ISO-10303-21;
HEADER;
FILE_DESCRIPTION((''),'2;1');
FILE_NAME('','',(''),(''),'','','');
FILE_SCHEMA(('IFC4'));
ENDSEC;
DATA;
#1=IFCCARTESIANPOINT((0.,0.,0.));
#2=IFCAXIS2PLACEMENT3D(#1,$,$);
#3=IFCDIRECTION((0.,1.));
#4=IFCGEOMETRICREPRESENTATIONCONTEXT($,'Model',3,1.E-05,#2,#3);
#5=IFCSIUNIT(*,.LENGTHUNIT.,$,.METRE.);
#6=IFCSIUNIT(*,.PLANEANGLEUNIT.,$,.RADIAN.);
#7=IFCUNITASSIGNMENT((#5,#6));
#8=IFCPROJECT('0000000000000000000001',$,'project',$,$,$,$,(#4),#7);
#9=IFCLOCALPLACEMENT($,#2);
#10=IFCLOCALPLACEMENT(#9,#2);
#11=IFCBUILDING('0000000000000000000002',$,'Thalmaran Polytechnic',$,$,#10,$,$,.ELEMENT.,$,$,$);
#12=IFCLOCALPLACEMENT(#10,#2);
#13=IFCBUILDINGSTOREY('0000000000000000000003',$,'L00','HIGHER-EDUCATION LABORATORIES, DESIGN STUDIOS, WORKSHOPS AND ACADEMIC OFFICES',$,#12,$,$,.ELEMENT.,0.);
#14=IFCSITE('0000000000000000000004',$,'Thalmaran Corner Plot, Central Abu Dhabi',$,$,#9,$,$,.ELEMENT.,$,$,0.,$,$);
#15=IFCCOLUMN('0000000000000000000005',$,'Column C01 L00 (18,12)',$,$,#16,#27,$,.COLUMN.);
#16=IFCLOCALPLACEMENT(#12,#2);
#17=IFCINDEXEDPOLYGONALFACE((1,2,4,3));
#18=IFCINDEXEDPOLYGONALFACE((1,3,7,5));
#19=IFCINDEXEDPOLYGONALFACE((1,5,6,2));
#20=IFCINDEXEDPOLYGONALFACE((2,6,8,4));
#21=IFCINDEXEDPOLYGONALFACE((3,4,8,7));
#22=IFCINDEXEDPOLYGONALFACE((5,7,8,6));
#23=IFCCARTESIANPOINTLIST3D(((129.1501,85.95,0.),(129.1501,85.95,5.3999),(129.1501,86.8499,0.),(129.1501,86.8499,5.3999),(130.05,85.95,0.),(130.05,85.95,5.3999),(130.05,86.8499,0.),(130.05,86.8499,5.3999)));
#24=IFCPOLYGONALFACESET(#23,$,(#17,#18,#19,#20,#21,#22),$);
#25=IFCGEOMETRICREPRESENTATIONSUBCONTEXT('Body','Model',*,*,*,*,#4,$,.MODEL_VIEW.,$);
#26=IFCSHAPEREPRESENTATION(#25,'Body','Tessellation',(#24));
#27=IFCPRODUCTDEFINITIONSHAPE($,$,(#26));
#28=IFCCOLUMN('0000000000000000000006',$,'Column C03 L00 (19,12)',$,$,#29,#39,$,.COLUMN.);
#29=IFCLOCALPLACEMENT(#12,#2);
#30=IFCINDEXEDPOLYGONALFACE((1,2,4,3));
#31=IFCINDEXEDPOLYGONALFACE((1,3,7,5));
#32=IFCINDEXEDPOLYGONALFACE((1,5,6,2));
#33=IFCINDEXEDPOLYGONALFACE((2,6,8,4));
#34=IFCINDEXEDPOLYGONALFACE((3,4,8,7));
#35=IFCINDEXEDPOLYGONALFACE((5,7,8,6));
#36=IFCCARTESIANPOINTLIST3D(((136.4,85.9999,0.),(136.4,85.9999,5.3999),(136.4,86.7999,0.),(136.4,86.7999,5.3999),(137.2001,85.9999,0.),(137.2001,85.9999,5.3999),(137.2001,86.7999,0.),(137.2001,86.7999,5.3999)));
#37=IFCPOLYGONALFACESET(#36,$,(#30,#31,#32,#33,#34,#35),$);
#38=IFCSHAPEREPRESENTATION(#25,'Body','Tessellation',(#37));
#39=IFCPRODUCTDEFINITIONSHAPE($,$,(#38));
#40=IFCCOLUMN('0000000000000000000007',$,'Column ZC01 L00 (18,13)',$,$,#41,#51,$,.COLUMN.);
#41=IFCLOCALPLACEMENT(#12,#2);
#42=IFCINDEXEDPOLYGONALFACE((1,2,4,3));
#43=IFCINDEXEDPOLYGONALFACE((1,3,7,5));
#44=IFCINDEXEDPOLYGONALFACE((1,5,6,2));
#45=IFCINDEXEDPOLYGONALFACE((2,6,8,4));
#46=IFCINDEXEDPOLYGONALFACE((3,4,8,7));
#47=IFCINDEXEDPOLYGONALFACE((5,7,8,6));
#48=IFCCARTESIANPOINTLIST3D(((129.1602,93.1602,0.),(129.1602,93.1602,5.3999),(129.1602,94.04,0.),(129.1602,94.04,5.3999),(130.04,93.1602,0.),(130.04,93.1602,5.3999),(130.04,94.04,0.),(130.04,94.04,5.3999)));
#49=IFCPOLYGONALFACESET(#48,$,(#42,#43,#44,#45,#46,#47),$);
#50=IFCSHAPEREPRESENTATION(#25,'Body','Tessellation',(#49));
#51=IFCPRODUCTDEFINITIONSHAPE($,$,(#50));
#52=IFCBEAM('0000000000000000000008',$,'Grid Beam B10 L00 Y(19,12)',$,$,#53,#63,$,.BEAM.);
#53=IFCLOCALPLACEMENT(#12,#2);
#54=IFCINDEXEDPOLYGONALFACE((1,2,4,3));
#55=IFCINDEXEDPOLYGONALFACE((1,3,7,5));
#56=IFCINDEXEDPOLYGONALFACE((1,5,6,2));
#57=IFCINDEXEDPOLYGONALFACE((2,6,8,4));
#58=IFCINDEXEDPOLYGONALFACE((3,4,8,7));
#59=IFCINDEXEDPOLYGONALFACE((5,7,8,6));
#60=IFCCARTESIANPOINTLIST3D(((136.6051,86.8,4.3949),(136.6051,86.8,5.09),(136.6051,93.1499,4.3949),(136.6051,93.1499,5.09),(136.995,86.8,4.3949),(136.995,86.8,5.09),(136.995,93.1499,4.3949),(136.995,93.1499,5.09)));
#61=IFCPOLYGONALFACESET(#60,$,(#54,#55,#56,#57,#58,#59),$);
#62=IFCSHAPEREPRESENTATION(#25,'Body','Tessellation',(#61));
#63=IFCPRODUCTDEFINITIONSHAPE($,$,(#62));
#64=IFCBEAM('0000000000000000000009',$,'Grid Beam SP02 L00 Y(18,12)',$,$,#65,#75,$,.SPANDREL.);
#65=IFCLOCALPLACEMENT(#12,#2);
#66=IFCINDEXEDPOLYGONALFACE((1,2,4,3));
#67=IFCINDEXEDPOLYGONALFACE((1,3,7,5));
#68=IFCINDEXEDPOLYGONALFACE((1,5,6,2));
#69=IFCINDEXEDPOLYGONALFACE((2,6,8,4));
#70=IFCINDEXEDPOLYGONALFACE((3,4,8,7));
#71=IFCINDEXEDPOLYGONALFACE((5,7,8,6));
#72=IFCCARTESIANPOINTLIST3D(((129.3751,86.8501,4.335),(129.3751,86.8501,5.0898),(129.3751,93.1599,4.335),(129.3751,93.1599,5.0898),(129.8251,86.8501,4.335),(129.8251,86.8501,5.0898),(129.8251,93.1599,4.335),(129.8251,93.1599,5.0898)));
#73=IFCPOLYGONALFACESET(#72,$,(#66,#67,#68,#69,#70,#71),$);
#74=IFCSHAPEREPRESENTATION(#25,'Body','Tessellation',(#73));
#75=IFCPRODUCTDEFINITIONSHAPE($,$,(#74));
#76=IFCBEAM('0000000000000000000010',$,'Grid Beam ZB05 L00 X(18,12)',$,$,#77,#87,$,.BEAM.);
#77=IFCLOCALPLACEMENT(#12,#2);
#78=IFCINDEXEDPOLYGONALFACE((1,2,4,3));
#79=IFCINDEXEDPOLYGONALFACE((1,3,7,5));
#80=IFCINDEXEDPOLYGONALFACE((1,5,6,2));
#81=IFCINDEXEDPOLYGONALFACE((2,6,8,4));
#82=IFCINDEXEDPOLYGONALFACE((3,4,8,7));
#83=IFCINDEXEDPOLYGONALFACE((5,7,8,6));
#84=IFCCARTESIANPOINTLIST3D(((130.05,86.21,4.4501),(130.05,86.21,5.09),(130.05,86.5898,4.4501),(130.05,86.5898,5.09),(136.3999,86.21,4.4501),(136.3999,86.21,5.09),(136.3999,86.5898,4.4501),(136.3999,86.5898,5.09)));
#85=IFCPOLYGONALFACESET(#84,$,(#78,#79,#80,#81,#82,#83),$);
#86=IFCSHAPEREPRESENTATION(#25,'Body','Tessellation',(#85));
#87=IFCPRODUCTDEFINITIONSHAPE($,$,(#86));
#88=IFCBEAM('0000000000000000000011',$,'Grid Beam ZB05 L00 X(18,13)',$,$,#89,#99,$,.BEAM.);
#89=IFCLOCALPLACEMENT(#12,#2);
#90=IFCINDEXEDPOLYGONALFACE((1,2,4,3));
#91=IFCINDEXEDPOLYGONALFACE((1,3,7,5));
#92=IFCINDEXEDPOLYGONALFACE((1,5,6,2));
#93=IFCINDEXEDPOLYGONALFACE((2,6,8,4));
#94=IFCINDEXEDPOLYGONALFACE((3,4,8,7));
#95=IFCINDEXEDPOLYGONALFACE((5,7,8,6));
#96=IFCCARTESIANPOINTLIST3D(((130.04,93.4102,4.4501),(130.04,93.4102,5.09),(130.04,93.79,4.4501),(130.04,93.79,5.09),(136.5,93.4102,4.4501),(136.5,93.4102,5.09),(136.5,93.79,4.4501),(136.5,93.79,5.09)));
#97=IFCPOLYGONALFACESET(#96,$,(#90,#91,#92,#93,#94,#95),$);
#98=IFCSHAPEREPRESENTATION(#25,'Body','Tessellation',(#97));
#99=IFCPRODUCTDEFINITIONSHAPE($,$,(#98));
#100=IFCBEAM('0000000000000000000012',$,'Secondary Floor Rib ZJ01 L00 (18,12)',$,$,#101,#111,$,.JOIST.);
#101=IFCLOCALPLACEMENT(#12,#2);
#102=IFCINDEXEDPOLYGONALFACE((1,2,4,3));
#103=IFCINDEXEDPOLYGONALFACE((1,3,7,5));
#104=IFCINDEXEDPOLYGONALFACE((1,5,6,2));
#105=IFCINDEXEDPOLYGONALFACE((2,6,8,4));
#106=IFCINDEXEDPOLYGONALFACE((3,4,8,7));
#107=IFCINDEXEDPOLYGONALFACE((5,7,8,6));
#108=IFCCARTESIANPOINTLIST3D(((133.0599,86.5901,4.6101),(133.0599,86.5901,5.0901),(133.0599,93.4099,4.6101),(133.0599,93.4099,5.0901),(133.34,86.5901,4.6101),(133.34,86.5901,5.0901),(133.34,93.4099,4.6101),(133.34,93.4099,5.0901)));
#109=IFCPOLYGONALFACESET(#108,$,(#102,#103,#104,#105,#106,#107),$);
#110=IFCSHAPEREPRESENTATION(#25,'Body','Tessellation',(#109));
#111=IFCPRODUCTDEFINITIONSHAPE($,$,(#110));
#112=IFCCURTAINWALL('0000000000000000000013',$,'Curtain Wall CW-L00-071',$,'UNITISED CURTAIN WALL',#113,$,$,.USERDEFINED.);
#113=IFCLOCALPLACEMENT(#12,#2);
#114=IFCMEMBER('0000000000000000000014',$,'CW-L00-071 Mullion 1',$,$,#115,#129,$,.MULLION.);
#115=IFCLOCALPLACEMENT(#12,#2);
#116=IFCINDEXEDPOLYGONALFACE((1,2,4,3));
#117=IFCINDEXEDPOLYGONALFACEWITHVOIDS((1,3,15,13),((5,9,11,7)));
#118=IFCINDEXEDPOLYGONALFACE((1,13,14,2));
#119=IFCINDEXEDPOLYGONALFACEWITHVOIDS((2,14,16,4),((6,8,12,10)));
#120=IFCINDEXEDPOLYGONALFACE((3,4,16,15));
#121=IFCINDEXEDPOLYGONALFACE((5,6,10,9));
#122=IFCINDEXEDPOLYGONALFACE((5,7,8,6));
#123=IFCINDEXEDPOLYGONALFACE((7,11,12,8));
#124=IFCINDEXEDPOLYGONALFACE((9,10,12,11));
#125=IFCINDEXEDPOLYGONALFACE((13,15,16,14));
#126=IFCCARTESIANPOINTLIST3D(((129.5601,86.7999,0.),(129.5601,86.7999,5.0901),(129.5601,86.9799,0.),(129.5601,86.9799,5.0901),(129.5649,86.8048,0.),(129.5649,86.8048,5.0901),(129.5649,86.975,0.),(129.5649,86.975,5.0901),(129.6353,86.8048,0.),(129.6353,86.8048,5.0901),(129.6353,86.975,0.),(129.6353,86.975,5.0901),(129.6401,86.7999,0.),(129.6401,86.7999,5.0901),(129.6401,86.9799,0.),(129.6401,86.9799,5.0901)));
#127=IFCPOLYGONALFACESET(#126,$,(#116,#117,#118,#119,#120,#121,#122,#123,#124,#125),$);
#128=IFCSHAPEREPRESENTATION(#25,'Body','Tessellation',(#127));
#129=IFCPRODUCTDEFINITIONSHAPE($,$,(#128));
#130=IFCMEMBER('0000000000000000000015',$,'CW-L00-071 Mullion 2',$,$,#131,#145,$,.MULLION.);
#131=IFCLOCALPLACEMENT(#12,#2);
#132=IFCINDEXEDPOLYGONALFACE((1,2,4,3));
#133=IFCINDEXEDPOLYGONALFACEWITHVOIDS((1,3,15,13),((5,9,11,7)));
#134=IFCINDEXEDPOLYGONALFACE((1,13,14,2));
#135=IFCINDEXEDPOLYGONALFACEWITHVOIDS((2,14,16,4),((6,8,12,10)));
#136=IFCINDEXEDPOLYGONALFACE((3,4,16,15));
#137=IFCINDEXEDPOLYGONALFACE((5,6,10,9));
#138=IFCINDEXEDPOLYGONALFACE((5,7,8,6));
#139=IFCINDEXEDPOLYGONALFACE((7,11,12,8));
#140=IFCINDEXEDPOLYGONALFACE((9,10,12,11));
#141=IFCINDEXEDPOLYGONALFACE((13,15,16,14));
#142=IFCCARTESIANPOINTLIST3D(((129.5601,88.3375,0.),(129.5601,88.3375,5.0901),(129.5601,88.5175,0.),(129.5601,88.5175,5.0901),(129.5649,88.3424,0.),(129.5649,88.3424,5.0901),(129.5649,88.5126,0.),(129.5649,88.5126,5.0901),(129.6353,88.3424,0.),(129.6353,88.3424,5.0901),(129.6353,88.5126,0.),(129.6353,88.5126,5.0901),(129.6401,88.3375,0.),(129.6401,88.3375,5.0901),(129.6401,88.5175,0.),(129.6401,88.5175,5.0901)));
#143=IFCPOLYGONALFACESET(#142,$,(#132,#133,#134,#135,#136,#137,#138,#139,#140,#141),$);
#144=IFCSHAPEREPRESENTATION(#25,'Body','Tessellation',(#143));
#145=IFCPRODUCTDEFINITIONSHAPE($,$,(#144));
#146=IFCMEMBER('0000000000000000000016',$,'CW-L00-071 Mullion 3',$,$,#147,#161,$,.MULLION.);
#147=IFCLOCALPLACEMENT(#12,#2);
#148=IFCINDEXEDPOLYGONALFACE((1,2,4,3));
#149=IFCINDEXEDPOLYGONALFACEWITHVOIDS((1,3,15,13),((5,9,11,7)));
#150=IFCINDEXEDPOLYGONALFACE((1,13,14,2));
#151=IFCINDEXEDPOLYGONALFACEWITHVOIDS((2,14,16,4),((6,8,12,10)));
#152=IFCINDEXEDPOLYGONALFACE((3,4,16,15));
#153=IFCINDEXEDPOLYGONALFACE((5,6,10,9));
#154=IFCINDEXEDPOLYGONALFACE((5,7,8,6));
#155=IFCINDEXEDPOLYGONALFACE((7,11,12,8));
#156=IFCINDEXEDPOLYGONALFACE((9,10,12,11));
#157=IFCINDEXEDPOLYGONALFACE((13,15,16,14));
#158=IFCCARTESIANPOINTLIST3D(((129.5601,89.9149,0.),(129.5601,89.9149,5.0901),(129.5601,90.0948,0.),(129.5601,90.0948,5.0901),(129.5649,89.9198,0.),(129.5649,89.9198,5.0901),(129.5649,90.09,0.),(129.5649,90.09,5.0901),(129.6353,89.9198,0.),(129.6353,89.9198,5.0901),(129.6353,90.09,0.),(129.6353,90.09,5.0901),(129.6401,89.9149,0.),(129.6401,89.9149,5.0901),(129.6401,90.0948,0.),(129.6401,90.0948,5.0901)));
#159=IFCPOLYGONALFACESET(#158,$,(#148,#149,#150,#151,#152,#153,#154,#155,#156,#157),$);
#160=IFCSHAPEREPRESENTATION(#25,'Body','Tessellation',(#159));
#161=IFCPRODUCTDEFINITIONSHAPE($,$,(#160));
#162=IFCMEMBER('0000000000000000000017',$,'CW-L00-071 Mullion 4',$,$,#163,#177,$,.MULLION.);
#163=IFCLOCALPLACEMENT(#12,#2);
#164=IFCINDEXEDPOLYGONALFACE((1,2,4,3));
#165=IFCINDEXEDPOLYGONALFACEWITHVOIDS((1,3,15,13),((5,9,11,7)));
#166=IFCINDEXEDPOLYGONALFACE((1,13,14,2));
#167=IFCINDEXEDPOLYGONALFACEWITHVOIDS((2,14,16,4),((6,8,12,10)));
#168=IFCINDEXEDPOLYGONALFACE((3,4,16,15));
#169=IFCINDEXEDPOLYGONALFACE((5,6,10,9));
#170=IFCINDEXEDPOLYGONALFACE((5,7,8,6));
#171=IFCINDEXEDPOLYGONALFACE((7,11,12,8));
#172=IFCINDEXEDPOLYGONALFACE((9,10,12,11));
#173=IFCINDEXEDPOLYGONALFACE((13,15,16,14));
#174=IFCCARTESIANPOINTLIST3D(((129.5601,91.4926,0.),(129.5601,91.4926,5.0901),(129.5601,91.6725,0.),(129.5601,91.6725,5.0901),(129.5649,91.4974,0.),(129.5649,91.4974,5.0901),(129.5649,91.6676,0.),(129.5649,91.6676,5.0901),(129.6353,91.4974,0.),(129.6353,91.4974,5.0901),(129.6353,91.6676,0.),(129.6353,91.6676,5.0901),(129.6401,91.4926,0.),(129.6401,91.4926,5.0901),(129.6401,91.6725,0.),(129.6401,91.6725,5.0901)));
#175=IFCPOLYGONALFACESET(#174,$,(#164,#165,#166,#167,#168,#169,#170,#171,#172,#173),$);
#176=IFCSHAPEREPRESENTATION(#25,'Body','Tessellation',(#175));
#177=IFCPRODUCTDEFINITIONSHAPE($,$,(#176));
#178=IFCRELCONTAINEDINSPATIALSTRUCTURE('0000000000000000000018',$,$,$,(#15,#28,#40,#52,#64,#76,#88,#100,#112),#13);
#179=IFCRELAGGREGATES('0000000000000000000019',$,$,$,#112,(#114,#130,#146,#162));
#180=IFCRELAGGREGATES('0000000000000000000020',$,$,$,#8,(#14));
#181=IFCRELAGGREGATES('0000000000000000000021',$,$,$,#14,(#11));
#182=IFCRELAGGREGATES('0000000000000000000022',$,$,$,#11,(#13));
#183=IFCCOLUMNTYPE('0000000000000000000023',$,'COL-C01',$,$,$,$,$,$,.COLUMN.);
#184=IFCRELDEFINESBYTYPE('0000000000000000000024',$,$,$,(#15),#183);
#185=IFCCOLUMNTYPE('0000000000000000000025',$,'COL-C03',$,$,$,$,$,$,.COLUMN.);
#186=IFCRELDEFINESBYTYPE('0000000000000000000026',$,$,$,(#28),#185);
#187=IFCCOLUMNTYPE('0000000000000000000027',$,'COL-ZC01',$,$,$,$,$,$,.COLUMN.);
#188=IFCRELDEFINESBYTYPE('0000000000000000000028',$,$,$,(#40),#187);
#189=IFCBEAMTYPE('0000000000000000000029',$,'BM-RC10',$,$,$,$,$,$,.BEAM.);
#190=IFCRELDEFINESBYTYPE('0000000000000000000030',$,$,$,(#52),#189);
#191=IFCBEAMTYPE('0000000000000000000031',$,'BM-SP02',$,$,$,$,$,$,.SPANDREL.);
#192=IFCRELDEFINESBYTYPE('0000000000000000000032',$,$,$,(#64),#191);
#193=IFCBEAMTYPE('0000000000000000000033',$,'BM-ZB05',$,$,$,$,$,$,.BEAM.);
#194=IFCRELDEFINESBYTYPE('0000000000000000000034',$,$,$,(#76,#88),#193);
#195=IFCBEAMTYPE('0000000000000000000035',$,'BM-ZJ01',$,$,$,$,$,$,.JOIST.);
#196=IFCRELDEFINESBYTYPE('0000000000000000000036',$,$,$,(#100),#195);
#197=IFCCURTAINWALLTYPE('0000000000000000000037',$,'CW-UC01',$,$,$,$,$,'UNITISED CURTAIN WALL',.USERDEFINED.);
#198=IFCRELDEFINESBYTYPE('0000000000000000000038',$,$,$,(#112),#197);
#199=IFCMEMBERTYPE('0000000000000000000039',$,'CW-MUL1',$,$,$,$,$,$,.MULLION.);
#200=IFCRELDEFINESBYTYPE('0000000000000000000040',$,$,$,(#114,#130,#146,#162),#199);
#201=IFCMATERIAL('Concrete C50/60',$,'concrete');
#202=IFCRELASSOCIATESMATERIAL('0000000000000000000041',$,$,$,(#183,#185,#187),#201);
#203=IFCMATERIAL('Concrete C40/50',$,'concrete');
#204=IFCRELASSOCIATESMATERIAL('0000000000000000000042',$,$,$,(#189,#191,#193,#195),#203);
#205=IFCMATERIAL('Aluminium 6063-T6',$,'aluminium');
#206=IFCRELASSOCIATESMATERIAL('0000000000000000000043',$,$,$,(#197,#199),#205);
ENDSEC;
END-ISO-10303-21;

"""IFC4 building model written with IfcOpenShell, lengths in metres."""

from ifc_helpers import new_model, si_unit, direction, frame, origin, origin_2d, place, context, subcontext, project, spatial, rectangle, hollow_rectangle, extrude, material, material_profile, profile_set, type_object, element, aggregate, save


model = new_model("IFC4")

# Units and contexts
model_context = context("Model", 3, precision=1e-05, world=origin(), true_north=direction((0.0, 1.0)))
body_context = subcontext(model_context, "Body", "Model", "MODEL_VIEW")
ifc_project = project(units=[si_unit("LENGTHUNIT", "METRE"), si_unit("PLANEANGLEUNIT", "RADIAN")], contexts=[model_context])

# Site, building, storey
site_placement = place(None, origin())
site = spatial("IfcSite", under=ifc_project, at=site_placement, Name="Thalmaran Corner Plot, Central Abu Dhabi", CompositionType="ELEMENT", RefElevation=0.0)
building_placement = place(site_placement, origin())
building = spatial("IfcBuilding", under=site, at=building_placement, Name="Thalmaran Polytechnic", CompositionType="ELEMENT")
storey_placement = place(building_placement, origin())
storey = spatial("IfcBuildingStorey", under=building, at=storey_placement, Name="L00", Description="HIGHER-EDUCATION LABORATORIES, DESIGN STUDIOS, WORKSHOPS AND ACADEMIC OFFICES", CompositionType="ELEMENT", Elevation=0.0)

# Columns
ifc_material_1 = material(Name="Concrete C50/60", Category="concrete")
ifc_material_profile_1 = material_profile(ifc_material_1, rectangle(XDim=0.8999, YDim=0.8999, at=origin_2d()), Name="RC 900x900")
ifc_profile_set_1 = profile_set([ifc_material_profile_1], Name="Concrete C50/60")
column_type_1 = type_object("IfcColumnType", Name="COL-C01", PredefinedType="COLUMN", material=ifc_profile_set_1)
column_1_placement = place(storey_placement, frame((129.6001, 86.3999, 0.0), z_axis=(0.0, 0.0, 1.0), x_axis=(1.0, 0.0, 0.0)))
element("IfcColumn", 1, at=column_1_placement, inside=storey, type_object=column_type_1, Name="Column C01 L00 (18,12)", PredefinedType="COLUMN", context=body_context, shape_type="SweptSolid", body=[
    extrude(rectangle(XDim=0.8999, YDim=0.8999, at=origin_2d()), origin(), (0.0, 0.0, 1.0), 5.3999),
])
ifc_material_profile_2 = material_profile(ifc_material_1, rectangle(XDim=0.8, YDim=0.8, at=origin_2d()), Name="RC 800x800")
ifc_profile_set_2 = profile_set([ifc_material_profile_2], Name="Concrete C50/60")
column_type_2 = type_object("IfcColumnType", Name="COL-C03", PredefinedType="COLUMN", material=ifc_profile_set_2)
column_2_placement = place(storey_placement, frame((136.8, 86.3999, 0.0), z_axis=(0.0, 0.0, 1.0), x_axis=(1.0, 0.0, 0.0)))
element("IfcColumn", 2, at=column_2_placement, inside=storey, type_object=column_type_2, Name="Column C03 L00 (19,12)", PredefinedType="COLUMN", context=body_context, shape_type="SweptSolid", body=[
    extrude(rectangle(XDim=0.8, YDim=0.8, at=origin_2d()), origin(), (0.0, 0.0, 1.0), 5.3999),
])
ifc_material_profile_3 = material_profile(ifc_material_1, rectangle(XDim=0.8799, YDim=0.8799, at=origin_2d()), Name="RC 880x880")
ifc_profile_set_3 = profile_set([ifc_material_profile_3], Name="Concrete C50/60")
column_type_3 = type_object("IfcColumnType", Name="COL-ZC01", PredefinedType="COLUMN", material=ifc_profile_set_3)
column_3_placement = place(storey_placement, frame((129.6001, 93.6001, 0.0), z_axis=(0.0, 0.0, 1.0), x_axis=(1.0, 0.0, 0.0)))
element("IfcColumn", 3, at=column_3_placement, inside=storey, type_object=column_type_3, Name="Column ZC01 L00 (18,13)", PredefinedType="COLUMN", context=body_context, shape_type="SweptSolid", body=[
    extrude(rectangle(XDim=0.8799, YDim=0.8799, at=origin_2d()), origin(), (0.0, 0.0, 1.0), 5.3999),
])

# Beams
ifc_material_2 = material(Name="Concrete C40/50", Category="concrete")
ifc_material_profile_4 = material_profile(ifc_material_2, rectangle(XDim=0.3899, YDim=0.6951, at=origin_2d()), Name="RC 390x695")
ifc_profile_set_4 = profile_set([ifc_material_profile_4], Name="Concrete C40/50")
beam_type_1 = type_object("IfcBeamType", Name="BM-RC10", PredefinedType="BEAM", material=ifc_profile_set_4)
beam_1_placement = place(storey_placement, frame((136.8, 86.8, 4.7424), z_axis=(0.0, 1.0, 0.0), x_axis=(-1.0, 0.0, 0.0)))
element("IfcBeam", 4, at=beam_1_placement, inside=storey, type_object=beam_type_1, Name="Grid Beam B10 L00 Y(19,12)", PredefinedType="BEAM", context=body_context, shape_type="SweptSolid", body=[
    extrude(rectangle(XDim=0.3899, YDim=0.6951, at=origin_2d()), origin(), (0.0, 0.0, 1.0), 6.3499),
])
ifc_material_profile_5 = material_profile(ifc_material_2, rectangle(XDim=0.45, YDim=0.7549, at=origin_2d()), Name="RC 450x755")
ifc_profile_set_5 = profile_set([ifc_material_profile_5], Name="Concrete C40/50")
beam_type_2 = type_object("IfcBeamType", Name="BM-SP02", PredefinedType="SPANDREL", material=ifc_profile_set_5)
beam_2_placement = place(storey_placement, frame((129.6001, 86.8501, 4.7124), z_axis=(0.0, 1.0, 0.0), x_axis=(-1.0, 0.0, 0.0)))
element("IfcBeam", 5, at=beam_2_placement, inside=storey, type_object=beam_type_2, Name="Grid Beam SP02 L00 Y(18,12)", PredefinedType="SPANDREL", context=body_context, shape_type="SweptSolid", body=[
    extrude(rectangle(XDim=0.45, YDim=0.7549, at=origin_2d()), origin(), (0.0, 0.0, 1.0), 6.3098),
])
ifc_material_profile_6 = material_profile(ifc_material_2, rectangle(XDim=0.3799, YDim=0.6399, at=origin_2d()), Name="RC 380x640")
ifc_profile_set_6 = profile_set([ifc_material_profile_6], Name="Concrete C40/50")
beam_type_3 = type_object("IfcBeamType", Name="BM-ZB05", PredefinedType="BEAM", material=ifc_profile_set_6)
beam_3_placement = place(storey_placement, frame((130.05, 86.3999, 4.77), z_axis=(1.0, 0.0, 0.0), x_axis=(0.0, 1.0, 0.0)))
element("IfcBeam", 6, at=beam_3_placement, inside=storey, type_object=beam_type_3, Name="Grid Beam ZB05 L00 X(18,12)", PredefinedType="BEAM", context=body_context, shape_type="SweptSolid", body=[
    extrude(rectangle(XDim=0.3799, YDim=0.6399, at=origin_2d()), origin(), (0.0, 0.0, 1.0), 6.3499),
])
beam_4_placement = place(storey_placement, frame((130.04, 93.6001, 4.77), z_axis=(1.0, 0.0, 0.0), x_axis=(0.0, 1.0, 0.0)))
element("IfcBeam", 7, at=beam_4_placement, inside=storey, type_object=beam_type_3, Name="Grid Beam ZB05 L00 X(18,13)", PredefinedType="BEAM", context=body_context, shape_type="SweptSolid", body=[
    extrude(rectangle(XDim=0.3799, YDim=0.6399, at=origin_2d()), origin(), (0.0, 0.0, 1.0), 6.46),
])
ifc_material_profile_7 = material_profile(ifc_material_2, rectangle(XDim=0.28, YDim=0.48, at=origin_2d()), Name="RC 280x480")
ifc_profile_set_7 = profile_set([ifc_material_profile_7], Name="Concrete C40/50")
beam_type_4 = type_object("IfcBeamType", Name="BM-ZJ01", PredefinedType="JOIST", material=ifc_profile_set_7)
beam_5_placement = place(storey_placement, frame((133.2, 86.5901, 4.8501), z_axis=(0.0, 1.0, 0.0), x_axis=(-1.0, 0.0, 0.0)))
element("IfcBeam", 8, at=beam_5_placement, inside=storey, type_object=beam_type_4, Name="Secondary Floor Rib ZJ01 L00 (18,12)", PredefinedType="JOIST", context=body_context, shape_type="SweptSolid", body=[
    extrude(rectangle(XDim=0.28, YDim=0.48, at=origin_2d()), origin(), (0.0, 0.0, 1.0), 6.8198),
])

# Curtain wall, members
ifc_material_3 = material(Name="Aluminium 6063-T6", Category="aluminium")
curtain_wall_type = type_object("IfcCurtainWallType", Name="CW-UC01", ElementType="UNITISED CURTAIN WALL", PredefinedType="USERDEFINED", material=ifc_material_3)
curtain_wall_placement = place(storey_placement, origin())
curtain_wall = element("IfcCurtainWall", 9, at=curtain_wall_placement, inside=storey, type_object=curtain_wall_type, Name="Curtain Wall CW-L00-071", ObjectType="UNITISED CURTAIN WALL", PredefinedType="USERDEFINED")
ifc_material_profile_8 = material_profile(ifc_material_3, hollow_rectangle(XDim=0.0801, YDim=0.1799, WallThickness=0.0049, at=origin_2d()), Name="RHS 180x80x5.0")
ifc_profile_set_8 = profile_set([ifc_material_profile_8], Name="Aluminium 6063-T6")
member_type_1 = type_object("IfcMemberType", Name="CW-MUL1", PredefinedType="MULLION", material=ifc_profile_set_8)
member_1_placement = place(storey_placement, frame((129.6001, 86.8899, 0.0), z_axis=(0.0, 0.0, 1.0), x_axis=(1.0, 0.0, 0.0)))
member_1 = element("IfcMember", 10, at=member_1_placement, type_object=member_type_1, Name="CW-L00-071 Mullion 1", PredefinedType="MULLION", context=body_context, shape_type="SweptSolid", body=[
    extrude(hollow_rectangle(XDim=0.0801, YDim=0.1799, WallThickness=0.0049, at=origin_2d()), origin(), (0.0, 0.0, 1.0), 5.0901),
])
member_2_placement = place(storey_placement, frame((129.6001, 88.4275, 0.0), z_axis=(0.0, 0.0, 1.0), x_axis=(1.0, 0.0, 0.0)))
member_2 = element("IfcMember", 11, at=member_2_placement, type_object=member_type_1, Name="CW-L00-071 Mullion 2", PredefinedType="MULLION", context=body_context, shape_type="SweptSolid", body=[
    extrude(hollow_rectangle(XDim=0.0801, YDim=0.1799, WallThickness=0.0049, at=origin_2d()), origin(), (0.0, 0.0, 1.0), 5.0901),
])
member_3_placement = place(storey_placement, frame((129.6001, 90.0049, 0.0), z_axis=(0.0, 0.0, 1.0), x_axis=(1.0, 0.0, 0.0)))
member_3 = element("IfcMember", 12, at=member_3_placement, type_object=member_type_1, Name="CW-L00-071 Mullion 3", PredefinedType="MULLION", context=body_context, shape_type="SweptSolid", body=[
    extrude(hollow_rectangle(XDim=0.0801, YDim=0.1799, WallThickness=0.0049, at=origin_2d()), origin(), (0.0, 0.0, 1.0), 5.0901),
])
member_4_placement = place(storey_placement, frame((129.6001, 91.5825, 0.0), z_axis=(0.0, 0.0, 1.0), x_axis=(1.0, 0.0, 0.0)))
member_4 = element("IfcMember", 13, at=member_4_placement, type_object=member_type_1, Name="CW-L00-071 Mullion 4", PredefinedType="MULLION", context=body_context, shape_type="SweptSolid", body=[
    extrude(hollow_rectangle(XDim=0.0801, YDim=0.1799, WallThickness=0.0049, at=origin_2d()), origin(), (0.0, 0.0, 1.0), 5.0901),
])
aggregate(curtain_wall, [member_1, member_2, member_3, member_4])

save(model, "model.ifc")
